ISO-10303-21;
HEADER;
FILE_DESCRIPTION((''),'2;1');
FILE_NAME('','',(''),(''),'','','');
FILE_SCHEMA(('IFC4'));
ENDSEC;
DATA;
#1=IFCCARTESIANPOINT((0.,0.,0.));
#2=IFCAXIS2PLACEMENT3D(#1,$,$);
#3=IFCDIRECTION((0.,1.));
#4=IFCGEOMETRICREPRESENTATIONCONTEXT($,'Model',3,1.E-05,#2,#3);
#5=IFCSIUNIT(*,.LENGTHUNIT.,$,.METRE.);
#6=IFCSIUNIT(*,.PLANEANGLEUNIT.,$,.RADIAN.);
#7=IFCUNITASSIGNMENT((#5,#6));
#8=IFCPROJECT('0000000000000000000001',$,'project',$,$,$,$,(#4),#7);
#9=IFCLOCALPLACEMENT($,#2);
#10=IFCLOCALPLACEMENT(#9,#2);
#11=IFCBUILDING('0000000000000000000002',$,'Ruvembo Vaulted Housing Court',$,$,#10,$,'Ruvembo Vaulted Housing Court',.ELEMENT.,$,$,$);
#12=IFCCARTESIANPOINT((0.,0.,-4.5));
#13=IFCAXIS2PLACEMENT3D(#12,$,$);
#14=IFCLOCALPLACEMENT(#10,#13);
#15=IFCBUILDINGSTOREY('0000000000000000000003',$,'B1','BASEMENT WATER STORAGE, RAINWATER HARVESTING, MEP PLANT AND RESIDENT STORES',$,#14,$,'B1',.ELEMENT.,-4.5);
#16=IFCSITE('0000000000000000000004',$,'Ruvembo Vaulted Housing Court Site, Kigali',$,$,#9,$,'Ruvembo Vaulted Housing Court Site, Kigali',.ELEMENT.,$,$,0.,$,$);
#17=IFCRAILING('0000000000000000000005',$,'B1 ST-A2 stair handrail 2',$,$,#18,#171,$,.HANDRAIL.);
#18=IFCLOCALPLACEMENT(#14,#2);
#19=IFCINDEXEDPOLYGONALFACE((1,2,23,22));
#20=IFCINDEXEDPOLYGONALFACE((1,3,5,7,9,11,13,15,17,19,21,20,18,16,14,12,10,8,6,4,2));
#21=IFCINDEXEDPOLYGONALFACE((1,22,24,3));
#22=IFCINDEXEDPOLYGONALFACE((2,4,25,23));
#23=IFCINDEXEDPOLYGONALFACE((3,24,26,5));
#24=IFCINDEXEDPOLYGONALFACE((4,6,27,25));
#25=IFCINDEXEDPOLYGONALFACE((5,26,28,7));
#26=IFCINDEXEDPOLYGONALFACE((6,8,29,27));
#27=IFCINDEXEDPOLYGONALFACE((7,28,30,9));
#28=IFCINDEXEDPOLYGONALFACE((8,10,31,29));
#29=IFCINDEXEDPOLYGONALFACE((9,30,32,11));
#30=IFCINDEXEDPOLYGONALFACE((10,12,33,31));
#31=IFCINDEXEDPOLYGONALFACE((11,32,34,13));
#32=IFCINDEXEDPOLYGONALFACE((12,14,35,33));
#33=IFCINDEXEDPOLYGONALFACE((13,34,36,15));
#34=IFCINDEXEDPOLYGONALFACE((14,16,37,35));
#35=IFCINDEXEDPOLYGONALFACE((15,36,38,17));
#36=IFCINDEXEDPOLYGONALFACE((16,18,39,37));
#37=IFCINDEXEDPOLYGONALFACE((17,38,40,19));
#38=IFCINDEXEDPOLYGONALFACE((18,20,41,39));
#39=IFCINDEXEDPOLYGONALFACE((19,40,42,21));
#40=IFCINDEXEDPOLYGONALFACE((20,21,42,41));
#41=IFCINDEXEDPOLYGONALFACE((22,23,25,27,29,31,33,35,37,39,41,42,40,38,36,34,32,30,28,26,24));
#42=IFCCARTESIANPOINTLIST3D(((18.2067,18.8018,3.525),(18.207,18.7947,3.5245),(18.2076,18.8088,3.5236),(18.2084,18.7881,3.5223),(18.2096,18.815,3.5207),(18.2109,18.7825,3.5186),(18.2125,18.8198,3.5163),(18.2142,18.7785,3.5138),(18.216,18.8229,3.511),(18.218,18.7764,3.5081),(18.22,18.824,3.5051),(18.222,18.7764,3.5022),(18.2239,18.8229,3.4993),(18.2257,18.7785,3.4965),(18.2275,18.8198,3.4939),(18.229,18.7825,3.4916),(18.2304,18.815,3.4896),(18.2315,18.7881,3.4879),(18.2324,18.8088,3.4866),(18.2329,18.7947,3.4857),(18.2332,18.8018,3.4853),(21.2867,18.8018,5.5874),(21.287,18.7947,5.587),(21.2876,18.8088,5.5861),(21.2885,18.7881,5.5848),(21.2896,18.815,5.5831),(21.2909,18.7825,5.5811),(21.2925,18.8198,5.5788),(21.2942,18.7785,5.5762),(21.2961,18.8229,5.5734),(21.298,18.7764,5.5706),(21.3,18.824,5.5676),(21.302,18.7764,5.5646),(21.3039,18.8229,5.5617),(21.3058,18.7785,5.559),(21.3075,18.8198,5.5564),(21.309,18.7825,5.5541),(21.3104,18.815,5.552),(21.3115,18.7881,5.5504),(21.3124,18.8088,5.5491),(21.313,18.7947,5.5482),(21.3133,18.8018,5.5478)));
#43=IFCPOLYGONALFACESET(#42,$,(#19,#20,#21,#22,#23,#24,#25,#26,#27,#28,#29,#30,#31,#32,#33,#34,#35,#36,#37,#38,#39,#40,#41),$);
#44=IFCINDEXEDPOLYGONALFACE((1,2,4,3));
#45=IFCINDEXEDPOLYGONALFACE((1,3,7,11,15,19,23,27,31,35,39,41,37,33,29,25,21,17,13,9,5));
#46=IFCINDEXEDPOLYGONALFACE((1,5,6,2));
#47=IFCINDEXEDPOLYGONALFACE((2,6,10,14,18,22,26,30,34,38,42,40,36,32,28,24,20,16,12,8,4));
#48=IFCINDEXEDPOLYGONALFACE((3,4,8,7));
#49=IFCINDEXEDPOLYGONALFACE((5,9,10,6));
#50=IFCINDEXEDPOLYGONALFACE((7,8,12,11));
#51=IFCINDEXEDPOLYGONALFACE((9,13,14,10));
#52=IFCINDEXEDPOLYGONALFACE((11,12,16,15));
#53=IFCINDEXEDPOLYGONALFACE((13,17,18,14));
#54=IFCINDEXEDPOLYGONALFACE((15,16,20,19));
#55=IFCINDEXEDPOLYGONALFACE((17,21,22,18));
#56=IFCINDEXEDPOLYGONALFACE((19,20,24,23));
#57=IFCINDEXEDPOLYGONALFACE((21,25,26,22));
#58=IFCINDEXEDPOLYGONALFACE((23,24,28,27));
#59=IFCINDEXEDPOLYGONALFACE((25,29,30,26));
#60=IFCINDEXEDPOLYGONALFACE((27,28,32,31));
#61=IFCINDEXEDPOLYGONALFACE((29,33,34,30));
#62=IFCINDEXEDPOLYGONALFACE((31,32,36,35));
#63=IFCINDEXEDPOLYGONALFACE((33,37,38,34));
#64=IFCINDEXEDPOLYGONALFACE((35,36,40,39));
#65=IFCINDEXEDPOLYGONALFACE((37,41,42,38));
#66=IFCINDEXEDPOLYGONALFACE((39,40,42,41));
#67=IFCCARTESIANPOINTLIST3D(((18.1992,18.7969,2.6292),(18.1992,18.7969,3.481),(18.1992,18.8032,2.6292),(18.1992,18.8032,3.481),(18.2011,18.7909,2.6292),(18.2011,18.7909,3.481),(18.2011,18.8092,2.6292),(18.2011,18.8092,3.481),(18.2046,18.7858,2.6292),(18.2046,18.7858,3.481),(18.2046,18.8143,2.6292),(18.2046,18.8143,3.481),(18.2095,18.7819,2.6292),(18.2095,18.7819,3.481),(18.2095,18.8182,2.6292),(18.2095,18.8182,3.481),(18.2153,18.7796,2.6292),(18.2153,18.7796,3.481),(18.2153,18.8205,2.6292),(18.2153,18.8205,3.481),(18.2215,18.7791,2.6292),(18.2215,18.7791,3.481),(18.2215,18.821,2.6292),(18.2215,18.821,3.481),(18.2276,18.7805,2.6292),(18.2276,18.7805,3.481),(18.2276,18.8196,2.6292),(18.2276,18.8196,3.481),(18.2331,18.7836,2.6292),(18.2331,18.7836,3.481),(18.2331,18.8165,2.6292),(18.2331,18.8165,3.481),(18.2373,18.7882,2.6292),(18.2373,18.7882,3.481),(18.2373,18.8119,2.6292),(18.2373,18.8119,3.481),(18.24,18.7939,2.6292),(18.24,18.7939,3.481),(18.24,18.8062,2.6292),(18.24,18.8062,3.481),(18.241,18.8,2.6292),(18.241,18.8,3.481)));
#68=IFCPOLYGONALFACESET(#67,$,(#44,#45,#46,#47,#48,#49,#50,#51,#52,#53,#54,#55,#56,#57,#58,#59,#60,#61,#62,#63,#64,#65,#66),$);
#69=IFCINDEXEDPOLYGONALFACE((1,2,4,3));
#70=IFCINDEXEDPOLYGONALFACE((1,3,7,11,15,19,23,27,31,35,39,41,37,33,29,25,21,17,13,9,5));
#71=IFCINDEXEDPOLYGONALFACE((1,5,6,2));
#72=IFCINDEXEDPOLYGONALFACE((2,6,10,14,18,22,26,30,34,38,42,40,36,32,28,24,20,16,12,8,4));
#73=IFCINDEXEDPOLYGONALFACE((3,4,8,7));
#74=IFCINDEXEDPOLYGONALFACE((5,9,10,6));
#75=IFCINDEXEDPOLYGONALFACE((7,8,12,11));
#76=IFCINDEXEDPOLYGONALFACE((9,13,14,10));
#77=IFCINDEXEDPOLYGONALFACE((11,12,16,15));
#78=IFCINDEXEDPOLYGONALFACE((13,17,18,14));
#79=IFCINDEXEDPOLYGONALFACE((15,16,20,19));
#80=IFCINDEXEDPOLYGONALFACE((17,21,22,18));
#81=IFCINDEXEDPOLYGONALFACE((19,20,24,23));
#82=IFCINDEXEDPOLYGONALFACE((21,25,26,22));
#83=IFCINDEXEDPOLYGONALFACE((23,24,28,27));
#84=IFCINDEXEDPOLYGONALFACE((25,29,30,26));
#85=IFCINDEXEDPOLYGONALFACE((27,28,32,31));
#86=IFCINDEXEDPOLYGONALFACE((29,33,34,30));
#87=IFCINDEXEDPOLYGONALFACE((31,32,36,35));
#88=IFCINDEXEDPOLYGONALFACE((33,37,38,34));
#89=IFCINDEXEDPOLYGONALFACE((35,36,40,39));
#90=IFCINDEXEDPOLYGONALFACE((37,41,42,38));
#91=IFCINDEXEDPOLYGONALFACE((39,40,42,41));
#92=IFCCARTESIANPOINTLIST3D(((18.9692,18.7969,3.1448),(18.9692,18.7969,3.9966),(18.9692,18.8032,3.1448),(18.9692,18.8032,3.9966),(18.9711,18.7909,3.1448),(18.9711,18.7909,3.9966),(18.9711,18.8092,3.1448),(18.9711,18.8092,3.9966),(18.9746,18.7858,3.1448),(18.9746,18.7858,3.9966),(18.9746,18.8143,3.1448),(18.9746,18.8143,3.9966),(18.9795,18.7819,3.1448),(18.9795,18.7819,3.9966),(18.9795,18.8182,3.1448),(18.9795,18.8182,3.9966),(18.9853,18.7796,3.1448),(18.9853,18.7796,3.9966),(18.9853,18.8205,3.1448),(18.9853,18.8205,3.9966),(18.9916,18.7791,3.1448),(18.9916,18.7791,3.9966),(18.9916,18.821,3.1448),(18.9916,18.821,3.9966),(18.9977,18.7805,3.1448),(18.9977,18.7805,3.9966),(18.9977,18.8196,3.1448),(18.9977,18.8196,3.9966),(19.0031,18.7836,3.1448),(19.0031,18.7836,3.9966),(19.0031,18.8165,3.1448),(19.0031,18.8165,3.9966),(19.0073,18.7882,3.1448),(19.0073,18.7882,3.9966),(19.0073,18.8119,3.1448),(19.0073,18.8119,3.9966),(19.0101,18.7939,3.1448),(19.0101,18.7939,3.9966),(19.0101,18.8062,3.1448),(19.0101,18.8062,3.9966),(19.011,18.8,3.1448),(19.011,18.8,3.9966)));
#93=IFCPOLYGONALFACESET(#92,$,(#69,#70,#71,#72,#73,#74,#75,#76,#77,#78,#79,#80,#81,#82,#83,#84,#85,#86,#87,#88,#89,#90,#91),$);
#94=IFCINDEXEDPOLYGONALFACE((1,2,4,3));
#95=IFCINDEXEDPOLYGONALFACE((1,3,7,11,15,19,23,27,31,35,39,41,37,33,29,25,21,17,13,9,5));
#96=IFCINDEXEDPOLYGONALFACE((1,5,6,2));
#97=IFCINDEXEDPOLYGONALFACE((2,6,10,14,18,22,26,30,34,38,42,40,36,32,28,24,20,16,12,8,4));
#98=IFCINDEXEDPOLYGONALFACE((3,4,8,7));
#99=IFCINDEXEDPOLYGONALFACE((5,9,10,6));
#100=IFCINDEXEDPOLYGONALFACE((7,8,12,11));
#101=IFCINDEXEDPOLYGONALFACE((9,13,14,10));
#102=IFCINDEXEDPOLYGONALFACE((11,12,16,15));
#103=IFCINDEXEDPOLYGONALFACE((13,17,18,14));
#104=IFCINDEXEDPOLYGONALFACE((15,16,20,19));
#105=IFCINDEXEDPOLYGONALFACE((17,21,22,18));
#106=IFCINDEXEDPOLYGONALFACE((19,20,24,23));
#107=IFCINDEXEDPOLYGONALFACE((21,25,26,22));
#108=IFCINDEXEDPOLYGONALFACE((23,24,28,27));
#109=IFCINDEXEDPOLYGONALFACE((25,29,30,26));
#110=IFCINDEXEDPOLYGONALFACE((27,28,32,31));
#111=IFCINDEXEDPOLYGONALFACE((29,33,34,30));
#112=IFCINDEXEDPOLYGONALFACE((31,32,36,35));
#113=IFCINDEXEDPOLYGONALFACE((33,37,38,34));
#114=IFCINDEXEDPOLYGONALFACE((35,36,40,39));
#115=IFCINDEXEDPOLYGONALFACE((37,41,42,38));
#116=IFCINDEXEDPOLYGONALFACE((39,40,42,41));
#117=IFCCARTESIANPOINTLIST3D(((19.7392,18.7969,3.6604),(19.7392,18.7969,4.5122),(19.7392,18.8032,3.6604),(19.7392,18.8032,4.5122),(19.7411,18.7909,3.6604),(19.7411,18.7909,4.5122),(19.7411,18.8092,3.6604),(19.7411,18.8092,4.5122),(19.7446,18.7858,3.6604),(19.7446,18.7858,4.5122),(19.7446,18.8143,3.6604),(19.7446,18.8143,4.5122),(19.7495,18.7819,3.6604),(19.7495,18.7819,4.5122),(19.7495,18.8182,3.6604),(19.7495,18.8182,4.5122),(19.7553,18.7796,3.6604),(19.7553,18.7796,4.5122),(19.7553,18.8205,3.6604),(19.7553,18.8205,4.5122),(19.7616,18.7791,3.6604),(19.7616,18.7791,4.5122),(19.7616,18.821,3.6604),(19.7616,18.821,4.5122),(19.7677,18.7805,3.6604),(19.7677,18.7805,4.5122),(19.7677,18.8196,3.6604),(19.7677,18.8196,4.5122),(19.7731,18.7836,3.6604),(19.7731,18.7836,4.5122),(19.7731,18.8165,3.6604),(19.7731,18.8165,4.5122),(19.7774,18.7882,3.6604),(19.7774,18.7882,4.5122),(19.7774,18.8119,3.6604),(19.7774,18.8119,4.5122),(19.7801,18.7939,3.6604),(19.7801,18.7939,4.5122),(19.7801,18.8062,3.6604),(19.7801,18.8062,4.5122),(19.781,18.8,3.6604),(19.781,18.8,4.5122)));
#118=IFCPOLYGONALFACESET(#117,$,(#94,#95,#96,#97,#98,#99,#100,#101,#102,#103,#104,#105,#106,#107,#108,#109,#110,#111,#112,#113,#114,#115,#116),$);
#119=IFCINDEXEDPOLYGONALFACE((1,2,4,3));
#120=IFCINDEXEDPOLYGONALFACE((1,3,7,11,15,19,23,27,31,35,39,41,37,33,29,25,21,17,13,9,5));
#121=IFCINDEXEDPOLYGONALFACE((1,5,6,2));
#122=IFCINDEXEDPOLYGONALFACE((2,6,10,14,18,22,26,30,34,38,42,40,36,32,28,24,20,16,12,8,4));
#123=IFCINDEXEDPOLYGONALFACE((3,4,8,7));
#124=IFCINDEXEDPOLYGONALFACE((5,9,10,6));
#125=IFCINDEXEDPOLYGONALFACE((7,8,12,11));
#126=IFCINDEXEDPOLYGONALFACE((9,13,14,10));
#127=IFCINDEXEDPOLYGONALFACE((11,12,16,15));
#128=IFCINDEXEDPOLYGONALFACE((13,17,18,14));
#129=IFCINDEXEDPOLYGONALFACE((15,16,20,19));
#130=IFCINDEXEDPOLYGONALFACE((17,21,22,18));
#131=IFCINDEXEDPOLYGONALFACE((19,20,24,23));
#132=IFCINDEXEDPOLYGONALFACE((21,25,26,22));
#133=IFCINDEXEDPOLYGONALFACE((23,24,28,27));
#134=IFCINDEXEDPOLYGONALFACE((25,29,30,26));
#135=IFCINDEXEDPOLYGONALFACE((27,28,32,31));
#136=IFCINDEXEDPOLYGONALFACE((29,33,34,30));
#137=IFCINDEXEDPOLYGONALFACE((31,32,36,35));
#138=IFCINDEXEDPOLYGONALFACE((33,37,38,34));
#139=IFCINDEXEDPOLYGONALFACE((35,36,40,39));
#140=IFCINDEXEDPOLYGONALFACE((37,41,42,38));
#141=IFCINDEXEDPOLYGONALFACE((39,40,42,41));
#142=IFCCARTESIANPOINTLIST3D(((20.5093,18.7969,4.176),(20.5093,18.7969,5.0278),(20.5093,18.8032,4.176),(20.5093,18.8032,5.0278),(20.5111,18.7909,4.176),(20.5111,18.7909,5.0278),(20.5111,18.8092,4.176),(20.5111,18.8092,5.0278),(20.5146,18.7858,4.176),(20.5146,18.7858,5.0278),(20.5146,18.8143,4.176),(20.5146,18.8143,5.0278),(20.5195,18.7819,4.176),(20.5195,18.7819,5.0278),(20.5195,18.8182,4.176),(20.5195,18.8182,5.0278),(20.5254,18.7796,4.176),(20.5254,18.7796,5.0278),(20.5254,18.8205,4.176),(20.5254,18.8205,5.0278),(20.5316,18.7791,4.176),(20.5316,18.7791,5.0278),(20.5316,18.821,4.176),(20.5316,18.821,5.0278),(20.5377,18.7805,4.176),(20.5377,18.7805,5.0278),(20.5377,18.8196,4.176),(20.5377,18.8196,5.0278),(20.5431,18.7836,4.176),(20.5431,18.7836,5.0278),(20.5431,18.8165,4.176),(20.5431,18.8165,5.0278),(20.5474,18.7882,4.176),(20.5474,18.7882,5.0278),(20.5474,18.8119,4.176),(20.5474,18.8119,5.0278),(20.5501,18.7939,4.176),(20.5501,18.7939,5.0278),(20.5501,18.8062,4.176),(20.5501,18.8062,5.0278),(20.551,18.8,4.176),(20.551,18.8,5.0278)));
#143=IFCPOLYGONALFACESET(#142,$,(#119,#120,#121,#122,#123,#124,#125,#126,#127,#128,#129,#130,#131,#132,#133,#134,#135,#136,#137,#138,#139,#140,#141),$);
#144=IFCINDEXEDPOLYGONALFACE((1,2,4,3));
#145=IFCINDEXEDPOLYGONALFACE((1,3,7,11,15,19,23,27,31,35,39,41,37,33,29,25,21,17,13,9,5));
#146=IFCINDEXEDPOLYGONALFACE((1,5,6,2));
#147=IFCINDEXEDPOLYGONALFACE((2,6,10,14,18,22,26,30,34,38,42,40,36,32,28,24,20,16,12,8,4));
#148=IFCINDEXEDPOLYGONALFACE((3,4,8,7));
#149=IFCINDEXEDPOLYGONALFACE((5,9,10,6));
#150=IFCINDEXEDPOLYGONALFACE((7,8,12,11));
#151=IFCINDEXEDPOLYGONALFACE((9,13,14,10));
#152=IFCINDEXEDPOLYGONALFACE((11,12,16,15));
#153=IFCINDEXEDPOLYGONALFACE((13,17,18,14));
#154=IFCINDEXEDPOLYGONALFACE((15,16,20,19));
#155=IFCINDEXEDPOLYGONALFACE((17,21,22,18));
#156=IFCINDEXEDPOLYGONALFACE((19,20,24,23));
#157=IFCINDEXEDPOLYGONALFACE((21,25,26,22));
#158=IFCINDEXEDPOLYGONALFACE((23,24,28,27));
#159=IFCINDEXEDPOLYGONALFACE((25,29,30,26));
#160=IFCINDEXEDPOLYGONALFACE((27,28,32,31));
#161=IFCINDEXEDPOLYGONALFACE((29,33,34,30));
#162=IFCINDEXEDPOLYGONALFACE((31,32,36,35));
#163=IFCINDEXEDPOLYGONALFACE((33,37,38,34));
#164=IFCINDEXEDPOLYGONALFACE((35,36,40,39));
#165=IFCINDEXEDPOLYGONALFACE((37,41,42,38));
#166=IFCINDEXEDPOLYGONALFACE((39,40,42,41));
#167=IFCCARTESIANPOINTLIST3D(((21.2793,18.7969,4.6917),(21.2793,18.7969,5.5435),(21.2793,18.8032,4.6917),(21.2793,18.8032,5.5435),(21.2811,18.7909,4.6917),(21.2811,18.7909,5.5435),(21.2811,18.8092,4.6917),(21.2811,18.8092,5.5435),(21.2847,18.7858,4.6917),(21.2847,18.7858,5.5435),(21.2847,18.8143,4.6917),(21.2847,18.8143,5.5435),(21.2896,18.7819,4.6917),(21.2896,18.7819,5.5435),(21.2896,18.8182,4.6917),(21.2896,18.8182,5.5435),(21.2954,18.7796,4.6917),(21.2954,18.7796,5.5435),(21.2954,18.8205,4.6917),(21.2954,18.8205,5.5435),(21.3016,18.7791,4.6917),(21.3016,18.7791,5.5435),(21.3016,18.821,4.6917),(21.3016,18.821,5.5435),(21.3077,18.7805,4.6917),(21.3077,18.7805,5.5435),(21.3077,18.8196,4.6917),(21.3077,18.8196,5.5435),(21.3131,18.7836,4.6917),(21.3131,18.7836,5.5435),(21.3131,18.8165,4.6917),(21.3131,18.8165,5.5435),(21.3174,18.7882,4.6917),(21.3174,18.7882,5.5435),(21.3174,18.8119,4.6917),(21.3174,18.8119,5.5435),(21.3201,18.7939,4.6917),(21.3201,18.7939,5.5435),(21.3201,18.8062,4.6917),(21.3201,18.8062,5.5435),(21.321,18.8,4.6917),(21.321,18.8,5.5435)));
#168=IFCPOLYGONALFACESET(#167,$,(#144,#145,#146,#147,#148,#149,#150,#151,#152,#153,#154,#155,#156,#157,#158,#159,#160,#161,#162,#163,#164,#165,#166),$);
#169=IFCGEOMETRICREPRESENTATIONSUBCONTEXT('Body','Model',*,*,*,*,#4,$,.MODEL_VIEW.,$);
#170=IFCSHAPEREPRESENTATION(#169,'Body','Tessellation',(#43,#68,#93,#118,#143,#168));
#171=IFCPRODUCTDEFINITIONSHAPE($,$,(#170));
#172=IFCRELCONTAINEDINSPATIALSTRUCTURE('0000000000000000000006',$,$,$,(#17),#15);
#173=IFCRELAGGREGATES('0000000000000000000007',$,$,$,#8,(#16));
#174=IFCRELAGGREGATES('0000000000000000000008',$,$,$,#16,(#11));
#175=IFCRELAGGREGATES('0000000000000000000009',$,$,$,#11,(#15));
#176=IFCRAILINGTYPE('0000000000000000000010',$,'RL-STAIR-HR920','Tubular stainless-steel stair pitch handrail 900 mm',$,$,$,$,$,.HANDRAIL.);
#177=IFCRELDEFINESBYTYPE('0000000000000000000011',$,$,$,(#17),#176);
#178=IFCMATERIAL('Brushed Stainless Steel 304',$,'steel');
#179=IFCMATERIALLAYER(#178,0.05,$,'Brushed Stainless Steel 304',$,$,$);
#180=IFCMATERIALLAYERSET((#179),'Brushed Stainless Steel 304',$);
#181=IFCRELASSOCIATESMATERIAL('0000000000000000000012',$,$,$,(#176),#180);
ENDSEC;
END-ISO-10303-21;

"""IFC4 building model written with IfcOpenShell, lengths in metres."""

from ifc_helpers import new_model, si_unit, direction, frame, origin, origin_2d, place, context, subcontext, project, spatial, circle, extrude, material, layer, layer_set, type_object, element, save


model = new_model("IFC4")

# Units and contexts
model_context = context("Model", 3, precision=1e-05, world=origin(), true_north=direction((0.0, 1.0)))
body_context = subcontext(model_context, "Body", "Model", "MODEL_VIEW")
ifc_project = project(units=[si_unit("LENGTHUNIT", "METRE"), si_unit("PLANEANGLEUNIT", "RADIAN")], contexts=[model_context])

# Site, building, storey
site_placement = place(None, origin())
site = spatial("IfcSite", under=ifc_project, at=site_placement, Name="Ruvembo Vaulted Housing Court Site, Kigali", LongName="Ruvembo Vaulted Housing Court Site, Kigali", CompositionType="ELEMENT", RefElevation=0.0)
building_placement = place(site_placement, origin())
building = spatial("IfcBuilding", under=site, at=building_placement, Name="Ruvembo Vaulted Housing Court", LongName="Ruvembo Vaulted Housing Court", CompositionType="ELEMENT")
storey_placement = place(building_placement, frame((0.0, 0.0, -4.5)))
storey = spatial("IfcBuildingStorey", under=building, at=storey_placement, Name="B1", Description="BASEMENT WATER STORAGE, RAINWATER HARVESTING, MEP PLANT AND RESIDENT STORES", LongName="B1", CompositionType="ELEMENT", Elevation=-4.5)

# Railing
ifc_material_1 = material(Name="Brushed Stainless Steel 304", Category="steel")
ifc_layer_1 = layer(ifc_material_1, 0.05, Name="Brushed Stainless Steel 304")
ifc_layer_set_1 = layer_set([ifc_layer_1], Name="Brushed Stainless Steel 304")
railing_type_1 = type_object("IfcRailingType", Name="RL-STAIR-HR920", Description="Tubular stainless-steel stair pitch handrail 900 mm", PredefinedType="HANDRAIL", material=ifc_layer_set_1)
railing_1_placement = place(storey_placement, frame((18.22, 18.8, 2.6292)))
element("IfcRailing", 1, at=railing_1_placement, inside=storey, type_object=railing_type_1, Name="B1 ST-A2 stair handrail 2", PredefinedType="HANDRAIL", context=body_context, shape_type="SweptSolid", body=[
    extrude(circle(Radius=0.0239, at=origin_2d()), frame((0.0, 0.0, 0.876), z_axis=(0.830914, 0.0, 0.556401), x_axis=(0.0, 1.0, 0.0)), (0.0, 0.0, 1.0), 3.7068),
    extrude(circle(Radius=0.021, at=origin_2d()), origin(), (0.0, 0.0, 1.0), 0.8518),
    extrude(circle(Radius=0.021, at=origin_2d()), frame((0.77, 0.0, 0.5156)), (0.0, 0.0, 1.0), 0.8518),
    extrude(circle(Radius=0.021, at=origin_2d()), frame((1.54, 0.0, 1.0312)), (0.0, 0.0, 1.0), 0.8518),
    extrude(circle(Radius=0.021, at=origin_2d()), frame((2.3101, 0.0, 1.5469)), (0.0, 0.0, 1.0), 0.8518),
    extrude(circle(Radius=0.021, at=origin_2d()), frame((3.0801, 0.0, 2.0625)), (0.0, 0.0, 1.0), 0.8518),
])

save(model, "model.ifc")
